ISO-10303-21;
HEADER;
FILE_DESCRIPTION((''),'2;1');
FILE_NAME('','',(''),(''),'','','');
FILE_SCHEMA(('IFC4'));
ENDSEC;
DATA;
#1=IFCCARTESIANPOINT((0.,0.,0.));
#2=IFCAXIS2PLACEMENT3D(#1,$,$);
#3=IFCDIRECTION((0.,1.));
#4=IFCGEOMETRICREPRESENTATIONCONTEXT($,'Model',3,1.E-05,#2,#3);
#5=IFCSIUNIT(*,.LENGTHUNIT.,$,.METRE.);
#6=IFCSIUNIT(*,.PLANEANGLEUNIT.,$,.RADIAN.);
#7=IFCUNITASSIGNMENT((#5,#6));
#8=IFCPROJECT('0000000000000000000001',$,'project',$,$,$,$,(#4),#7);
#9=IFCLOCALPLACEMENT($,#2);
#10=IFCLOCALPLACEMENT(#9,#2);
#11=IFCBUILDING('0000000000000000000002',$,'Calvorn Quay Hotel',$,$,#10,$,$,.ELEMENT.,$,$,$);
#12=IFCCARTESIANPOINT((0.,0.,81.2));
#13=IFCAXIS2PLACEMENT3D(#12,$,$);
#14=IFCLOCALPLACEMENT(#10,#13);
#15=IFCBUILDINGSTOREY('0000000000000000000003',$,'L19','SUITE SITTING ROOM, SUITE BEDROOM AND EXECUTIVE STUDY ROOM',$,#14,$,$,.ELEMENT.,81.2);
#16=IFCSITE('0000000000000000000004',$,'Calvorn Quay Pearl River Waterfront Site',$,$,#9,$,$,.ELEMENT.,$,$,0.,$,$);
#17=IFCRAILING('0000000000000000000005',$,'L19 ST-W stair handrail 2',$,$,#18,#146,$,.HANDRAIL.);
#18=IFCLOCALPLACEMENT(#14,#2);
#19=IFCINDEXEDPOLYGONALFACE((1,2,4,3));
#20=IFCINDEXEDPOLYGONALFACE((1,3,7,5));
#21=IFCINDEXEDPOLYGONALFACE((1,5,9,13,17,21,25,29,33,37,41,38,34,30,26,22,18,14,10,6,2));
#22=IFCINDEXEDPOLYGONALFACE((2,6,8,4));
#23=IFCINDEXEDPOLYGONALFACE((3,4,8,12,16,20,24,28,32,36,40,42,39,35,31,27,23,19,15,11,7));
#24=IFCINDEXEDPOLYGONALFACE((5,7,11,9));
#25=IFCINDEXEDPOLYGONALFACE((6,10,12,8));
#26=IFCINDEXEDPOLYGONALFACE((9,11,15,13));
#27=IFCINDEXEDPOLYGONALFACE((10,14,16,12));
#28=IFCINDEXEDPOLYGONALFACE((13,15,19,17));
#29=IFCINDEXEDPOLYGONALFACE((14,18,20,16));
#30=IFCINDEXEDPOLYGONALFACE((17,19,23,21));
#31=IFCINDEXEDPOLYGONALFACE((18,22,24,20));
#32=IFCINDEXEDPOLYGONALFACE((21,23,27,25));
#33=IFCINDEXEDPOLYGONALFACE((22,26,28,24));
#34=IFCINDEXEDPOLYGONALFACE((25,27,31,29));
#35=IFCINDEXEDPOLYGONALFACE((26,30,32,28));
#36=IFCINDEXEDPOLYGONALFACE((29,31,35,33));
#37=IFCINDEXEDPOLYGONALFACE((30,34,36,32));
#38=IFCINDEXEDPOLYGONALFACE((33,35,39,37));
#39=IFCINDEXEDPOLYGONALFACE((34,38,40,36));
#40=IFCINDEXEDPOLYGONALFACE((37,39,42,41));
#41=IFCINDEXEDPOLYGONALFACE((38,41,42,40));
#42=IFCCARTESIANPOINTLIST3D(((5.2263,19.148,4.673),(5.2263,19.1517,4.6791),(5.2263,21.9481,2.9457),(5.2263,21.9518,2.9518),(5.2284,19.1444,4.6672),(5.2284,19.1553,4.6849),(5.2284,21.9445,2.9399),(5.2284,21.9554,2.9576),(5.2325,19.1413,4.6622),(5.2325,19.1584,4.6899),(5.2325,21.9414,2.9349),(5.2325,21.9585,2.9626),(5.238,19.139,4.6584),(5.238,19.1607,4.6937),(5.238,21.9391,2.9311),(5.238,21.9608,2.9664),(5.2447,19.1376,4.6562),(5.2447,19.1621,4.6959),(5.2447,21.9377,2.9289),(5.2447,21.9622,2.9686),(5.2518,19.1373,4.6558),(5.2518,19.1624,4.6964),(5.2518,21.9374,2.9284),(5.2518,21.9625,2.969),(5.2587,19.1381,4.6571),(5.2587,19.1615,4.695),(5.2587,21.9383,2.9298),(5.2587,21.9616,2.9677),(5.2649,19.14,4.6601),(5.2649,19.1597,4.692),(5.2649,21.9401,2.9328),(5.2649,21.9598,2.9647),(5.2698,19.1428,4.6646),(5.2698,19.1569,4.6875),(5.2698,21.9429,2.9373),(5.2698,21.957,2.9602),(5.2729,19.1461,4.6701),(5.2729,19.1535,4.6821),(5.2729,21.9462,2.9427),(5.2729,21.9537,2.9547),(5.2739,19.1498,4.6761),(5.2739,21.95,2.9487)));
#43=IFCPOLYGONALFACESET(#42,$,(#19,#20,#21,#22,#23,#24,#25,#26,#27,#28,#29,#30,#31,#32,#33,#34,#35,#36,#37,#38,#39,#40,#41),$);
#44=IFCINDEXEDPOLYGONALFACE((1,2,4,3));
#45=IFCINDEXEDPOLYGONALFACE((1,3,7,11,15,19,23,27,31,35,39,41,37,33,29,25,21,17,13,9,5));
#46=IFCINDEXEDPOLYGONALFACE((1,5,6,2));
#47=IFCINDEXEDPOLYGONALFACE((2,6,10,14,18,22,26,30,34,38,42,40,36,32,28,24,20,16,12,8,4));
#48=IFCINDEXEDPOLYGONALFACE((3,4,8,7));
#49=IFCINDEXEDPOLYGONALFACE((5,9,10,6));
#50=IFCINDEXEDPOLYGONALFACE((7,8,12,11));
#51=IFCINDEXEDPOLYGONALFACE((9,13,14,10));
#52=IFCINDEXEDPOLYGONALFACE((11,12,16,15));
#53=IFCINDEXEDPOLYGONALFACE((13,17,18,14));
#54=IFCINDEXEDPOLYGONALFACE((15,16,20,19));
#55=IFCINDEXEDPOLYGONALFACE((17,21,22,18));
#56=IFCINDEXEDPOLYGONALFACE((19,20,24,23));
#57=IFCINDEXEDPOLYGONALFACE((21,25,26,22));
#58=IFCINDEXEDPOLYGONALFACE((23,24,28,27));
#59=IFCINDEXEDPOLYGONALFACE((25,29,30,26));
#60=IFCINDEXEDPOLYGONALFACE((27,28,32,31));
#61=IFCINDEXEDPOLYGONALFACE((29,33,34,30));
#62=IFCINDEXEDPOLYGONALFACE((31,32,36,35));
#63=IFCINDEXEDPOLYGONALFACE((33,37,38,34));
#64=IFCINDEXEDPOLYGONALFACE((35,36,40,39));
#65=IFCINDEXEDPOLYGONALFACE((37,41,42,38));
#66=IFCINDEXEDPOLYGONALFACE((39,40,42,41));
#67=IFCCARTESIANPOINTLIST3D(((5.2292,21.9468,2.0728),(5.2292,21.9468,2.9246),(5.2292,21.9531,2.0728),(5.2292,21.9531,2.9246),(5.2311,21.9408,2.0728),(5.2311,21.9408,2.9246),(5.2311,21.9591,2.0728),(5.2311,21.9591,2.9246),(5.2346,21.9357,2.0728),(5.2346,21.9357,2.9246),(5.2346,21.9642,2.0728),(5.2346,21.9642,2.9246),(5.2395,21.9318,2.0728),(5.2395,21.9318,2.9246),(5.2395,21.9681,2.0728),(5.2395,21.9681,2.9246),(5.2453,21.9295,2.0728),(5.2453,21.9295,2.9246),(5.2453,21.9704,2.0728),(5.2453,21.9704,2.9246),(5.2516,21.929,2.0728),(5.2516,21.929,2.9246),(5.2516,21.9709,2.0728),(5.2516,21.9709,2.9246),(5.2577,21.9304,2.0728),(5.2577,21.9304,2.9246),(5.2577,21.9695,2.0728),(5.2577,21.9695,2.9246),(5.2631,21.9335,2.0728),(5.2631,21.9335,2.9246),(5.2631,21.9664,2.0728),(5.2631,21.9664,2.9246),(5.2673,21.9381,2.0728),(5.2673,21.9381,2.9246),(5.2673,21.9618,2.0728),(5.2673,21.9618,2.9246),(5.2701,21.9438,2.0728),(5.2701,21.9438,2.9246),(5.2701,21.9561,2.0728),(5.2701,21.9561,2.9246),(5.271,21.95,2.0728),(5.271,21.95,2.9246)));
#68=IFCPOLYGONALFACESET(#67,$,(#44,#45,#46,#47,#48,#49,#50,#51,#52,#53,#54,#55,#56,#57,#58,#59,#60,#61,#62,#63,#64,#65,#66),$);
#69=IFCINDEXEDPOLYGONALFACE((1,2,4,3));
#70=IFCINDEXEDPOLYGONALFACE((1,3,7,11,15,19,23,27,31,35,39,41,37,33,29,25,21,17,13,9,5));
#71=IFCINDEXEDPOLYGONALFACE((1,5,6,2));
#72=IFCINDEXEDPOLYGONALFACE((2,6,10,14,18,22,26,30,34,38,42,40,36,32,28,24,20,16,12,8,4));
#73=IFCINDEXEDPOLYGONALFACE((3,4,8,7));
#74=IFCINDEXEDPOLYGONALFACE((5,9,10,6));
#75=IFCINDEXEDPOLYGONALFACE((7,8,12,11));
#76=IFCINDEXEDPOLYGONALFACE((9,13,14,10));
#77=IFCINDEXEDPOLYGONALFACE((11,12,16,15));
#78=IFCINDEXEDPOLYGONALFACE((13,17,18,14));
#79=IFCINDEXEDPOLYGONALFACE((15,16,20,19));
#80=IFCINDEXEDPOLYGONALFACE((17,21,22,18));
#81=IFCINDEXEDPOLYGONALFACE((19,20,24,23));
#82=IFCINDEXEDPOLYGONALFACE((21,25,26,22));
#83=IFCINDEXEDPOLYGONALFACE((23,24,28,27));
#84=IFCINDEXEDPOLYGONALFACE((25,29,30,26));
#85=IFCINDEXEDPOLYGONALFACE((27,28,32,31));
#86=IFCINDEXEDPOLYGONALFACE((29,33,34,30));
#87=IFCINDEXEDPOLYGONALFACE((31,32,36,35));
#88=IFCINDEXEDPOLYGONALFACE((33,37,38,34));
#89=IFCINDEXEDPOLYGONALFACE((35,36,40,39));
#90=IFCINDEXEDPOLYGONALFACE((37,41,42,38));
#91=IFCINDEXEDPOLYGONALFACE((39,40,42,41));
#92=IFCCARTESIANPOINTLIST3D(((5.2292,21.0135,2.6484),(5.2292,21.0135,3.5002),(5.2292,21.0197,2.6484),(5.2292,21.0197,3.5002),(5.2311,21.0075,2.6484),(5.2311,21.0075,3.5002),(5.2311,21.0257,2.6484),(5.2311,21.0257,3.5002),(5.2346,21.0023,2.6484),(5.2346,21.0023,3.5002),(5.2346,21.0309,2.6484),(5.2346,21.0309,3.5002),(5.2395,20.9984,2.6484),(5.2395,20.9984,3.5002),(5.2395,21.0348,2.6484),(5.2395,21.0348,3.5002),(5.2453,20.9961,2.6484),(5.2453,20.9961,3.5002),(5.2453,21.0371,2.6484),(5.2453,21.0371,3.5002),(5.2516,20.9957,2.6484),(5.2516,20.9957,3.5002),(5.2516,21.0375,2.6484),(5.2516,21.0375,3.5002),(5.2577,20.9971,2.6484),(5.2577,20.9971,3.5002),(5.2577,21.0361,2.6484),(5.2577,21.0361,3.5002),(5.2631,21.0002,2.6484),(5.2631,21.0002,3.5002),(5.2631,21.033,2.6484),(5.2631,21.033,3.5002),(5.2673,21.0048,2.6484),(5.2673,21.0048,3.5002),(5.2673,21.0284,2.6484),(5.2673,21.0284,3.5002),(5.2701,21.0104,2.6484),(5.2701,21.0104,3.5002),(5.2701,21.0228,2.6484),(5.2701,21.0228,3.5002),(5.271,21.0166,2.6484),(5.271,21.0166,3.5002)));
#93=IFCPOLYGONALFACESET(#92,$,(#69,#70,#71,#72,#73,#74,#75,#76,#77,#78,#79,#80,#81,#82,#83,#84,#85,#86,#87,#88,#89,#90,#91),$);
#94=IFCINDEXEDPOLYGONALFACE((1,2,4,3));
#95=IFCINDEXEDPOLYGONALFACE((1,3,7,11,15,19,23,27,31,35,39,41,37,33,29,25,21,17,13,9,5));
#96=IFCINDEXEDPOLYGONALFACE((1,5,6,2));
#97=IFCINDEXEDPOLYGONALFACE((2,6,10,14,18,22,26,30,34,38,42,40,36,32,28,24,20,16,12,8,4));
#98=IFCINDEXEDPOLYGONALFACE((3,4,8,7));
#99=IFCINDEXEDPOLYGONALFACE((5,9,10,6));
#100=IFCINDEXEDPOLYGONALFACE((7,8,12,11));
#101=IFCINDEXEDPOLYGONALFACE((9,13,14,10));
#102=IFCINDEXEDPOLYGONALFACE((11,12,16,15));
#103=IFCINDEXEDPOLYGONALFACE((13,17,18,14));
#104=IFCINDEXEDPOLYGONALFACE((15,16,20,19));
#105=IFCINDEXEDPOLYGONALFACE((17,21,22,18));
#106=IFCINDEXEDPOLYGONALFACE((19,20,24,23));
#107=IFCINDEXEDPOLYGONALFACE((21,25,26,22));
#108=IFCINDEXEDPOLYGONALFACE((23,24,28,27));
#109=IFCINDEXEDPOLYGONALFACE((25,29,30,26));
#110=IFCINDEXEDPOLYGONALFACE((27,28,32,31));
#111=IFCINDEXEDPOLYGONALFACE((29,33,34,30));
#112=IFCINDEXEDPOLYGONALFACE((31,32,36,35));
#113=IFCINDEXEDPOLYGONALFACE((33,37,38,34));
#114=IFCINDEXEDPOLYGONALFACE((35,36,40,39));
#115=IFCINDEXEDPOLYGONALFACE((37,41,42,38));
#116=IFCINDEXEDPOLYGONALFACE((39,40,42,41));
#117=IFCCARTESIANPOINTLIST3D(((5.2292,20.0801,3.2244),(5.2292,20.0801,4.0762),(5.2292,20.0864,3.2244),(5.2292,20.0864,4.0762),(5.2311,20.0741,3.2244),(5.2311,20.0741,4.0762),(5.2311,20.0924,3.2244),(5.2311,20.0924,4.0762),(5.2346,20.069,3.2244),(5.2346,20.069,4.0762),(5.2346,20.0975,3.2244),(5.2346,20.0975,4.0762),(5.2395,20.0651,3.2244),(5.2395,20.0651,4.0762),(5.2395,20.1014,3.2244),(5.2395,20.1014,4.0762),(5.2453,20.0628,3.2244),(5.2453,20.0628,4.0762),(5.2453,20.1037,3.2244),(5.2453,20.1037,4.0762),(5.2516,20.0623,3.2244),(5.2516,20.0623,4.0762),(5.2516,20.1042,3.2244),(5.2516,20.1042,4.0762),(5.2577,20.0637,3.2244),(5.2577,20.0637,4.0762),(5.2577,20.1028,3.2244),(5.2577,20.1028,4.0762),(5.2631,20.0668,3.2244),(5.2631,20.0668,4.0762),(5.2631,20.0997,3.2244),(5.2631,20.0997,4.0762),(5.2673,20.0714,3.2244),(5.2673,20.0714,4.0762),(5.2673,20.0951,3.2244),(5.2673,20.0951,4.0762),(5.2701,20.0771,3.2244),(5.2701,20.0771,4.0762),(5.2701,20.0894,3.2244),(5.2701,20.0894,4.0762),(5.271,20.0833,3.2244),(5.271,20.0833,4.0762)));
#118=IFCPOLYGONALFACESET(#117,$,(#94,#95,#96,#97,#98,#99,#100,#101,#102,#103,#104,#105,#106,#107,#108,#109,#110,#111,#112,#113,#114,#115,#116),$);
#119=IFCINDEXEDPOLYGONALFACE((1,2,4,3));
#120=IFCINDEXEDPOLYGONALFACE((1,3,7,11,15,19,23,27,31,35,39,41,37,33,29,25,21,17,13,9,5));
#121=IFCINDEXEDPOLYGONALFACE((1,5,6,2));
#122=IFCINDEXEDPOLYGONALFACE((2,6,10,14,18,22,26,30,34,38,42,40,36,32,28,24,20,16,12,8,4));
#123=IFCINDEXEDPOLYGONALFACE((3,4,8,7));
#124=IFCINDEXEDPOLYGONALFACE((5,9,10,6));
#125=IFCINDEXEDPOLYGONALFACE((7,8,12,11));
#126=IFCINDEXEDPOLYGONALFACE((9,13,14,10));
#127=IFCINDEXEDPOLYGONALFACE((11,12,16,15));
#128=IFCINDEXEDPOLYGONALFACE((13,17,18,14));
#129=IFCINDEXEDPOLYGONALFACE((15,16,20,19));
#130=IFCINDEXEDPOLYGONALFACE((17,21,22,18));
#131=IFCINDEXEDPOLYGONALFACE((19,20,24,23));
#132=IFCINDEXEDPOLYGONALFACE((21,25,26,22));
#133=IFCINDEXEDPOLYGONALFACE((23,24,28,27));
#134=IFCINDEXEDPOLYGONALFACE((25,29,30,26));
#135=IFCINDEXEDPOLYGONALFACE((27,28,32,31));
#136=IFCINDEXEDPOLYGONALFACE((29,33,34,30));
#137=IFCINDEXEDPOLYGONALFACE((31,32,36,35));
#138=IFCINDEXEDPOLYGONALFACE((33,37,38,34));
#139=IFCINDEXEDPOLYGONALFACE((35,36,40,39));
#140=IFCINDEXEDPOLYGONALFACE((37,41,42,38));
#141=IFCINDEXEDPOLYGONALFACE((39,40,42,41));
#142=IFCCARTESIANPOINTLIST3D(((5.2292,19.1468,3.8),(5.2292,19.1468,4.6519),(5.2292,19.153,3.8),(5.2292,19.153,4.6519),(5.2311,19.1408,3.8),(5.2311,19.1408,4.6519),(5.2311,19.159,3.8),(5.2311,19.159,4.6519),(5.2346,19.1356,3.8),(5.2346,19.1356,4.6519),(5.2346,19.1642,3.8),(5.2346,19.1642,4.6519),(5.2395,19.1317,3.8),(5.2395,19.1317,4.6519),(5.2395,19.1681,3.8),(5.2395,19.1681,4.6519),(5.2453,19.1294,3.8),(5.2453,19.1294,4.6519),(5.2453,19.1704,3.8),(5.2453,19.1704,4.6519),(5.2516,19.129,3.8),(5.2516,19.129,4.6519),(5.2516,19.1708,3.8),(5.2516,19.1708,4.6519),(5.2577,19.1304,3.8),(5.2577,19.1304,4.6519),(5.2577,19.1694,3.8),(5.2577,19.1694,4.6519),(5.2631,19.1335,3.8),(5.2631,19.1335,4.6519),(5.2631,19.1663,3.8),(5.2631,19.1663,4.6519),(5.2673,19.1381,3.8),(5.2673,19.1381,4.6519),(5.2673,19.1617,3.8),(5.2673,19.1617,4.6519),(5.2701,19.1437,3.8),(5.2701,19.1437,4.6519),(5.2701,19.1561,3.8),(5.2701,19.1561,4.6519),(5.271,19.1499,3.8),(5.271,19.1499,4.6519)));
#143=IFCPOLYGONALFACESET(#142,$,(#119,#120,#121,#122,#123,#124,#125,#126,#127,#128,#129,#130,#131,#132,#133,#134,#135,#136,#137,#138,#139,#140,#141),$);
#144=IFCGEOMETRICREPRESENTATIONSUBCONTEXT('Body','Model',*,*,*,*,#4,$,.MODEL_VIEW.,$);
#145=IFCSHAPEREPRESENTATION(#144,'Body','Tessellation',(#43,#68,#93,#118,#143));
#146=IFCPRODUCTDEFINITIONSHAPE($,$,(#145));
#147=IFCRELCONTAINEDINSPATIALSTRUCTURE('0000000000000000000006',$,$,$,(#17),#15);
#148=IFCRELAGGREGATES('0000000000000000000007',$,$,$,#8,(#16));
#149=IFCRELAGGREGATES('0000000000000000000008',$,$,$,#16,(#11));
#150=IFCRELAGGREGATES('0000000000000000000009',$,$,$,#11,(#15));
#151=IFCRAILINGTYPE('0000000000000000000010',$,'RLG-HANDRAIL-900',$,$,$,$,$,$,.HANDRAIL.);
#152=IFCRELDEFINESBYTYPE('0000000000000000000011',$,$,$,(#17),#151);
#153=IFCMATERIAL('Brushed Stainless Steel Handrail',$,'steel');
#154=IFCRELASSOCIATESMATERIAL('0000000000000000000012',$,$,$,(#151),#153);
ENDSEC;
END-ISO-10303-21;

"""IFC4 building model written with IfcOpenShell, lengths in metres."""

from ifc_helpers import new_model, si_unit, direction, frame, origin, origin_2d, place, context, subcontext, project, spatial, circle, extrude, material, type_object, element, save


model = new_model("IFC4")

# Units and contexts
model_context = context("Model", 3, precision=1e-05, world=origin(), true_north=direction((0.0, 1.0)))
body_context = subcontext(model_context, "Body", "Model", "MODEL_VIEW")
ifc_project = project(units=[si_unit("LENGTHUNIT", "METRE"), si_unit("PLANEANGLEUNIT", "RADIAN")], contexts=[model_context])

# Site, building, storey
site_placement = place(None, origin())
site = spatial("IfcSite", under=ifc_project, at=site_placement, Name="Calvorn Quay Pearl River Waterfront Site", CompositionType="ELEMENT", RefElevation=0.0)
building_placement = place(site_placement, origin())
building = spatial("IfcBuilding", under=site, at=building_placement, Name="Calvorn Quay Hotel", CompositionType="ELEMENT")
storey_placement = place(building_placement, frame((0.0, 0.0, 81.2)))
storey = spatial("IfcBuildingStorey", under=building, at=storey_placement, Name="L19", Description="SUITE SITTING ROOM, SUITE BEDROOM AND EXECUTIVE STUDY ROOM", CompositionType="ELEMENT", Elevation=81.2)

# Railing
ifc_material_1 = material(Name="Brushed Stainless Steel Handrail", Category="steel")
railing_type_1 = type_object("IfcRailingType", Name="RLG-HANDRAIL-900", PredefinedType="HANDRAIL", material=ifc_material_1)
railing_1_placement = place(storey_placement, frame((5.25, 21.95, 2.0728)))
element("IfcRailing", 1, at=railing_1_placement, inside=storey, type_object=railing_type_1, Name="L19 ST-W stair handrail 2", PredefinedType="HANDRAIL", context=body_context, shape_type="SweptSolid", body=[
    extrude(circle(Radius=0.0239, at=origin_2d()), frame((0.0, 0.0, 0.876), z_axis=(0.0, -0.85109, 0.52502), x_axis=(1.0, 0.0, 0.0)), (0.0, 0.0, 1.0), 3.29),
    extrude(circle(Radius=0.021, at=origin_2d()), origin(), (0.0, 0.0, 1.0), 0.8518),
    extrude(circle(Radius=0.021, at=origin_2d()), frame((0.0, -0.9333, 0.5757)), (0.0, 0.0, 1.0), 0.8518),
    extrude(circle(Radius=0.021, at=origin_2d()), frame((0.0, -1.8667, 1.1516)), (0.0, 0.0, 1.0), 0.8518),
    extrude(circle(Radius=0.021, at=origin_2d()), frame((0.0, -2.8, 1.7273)), (0.0, 0.0, 1.0), 0.8518),
])

save(model, "model.ifc")
